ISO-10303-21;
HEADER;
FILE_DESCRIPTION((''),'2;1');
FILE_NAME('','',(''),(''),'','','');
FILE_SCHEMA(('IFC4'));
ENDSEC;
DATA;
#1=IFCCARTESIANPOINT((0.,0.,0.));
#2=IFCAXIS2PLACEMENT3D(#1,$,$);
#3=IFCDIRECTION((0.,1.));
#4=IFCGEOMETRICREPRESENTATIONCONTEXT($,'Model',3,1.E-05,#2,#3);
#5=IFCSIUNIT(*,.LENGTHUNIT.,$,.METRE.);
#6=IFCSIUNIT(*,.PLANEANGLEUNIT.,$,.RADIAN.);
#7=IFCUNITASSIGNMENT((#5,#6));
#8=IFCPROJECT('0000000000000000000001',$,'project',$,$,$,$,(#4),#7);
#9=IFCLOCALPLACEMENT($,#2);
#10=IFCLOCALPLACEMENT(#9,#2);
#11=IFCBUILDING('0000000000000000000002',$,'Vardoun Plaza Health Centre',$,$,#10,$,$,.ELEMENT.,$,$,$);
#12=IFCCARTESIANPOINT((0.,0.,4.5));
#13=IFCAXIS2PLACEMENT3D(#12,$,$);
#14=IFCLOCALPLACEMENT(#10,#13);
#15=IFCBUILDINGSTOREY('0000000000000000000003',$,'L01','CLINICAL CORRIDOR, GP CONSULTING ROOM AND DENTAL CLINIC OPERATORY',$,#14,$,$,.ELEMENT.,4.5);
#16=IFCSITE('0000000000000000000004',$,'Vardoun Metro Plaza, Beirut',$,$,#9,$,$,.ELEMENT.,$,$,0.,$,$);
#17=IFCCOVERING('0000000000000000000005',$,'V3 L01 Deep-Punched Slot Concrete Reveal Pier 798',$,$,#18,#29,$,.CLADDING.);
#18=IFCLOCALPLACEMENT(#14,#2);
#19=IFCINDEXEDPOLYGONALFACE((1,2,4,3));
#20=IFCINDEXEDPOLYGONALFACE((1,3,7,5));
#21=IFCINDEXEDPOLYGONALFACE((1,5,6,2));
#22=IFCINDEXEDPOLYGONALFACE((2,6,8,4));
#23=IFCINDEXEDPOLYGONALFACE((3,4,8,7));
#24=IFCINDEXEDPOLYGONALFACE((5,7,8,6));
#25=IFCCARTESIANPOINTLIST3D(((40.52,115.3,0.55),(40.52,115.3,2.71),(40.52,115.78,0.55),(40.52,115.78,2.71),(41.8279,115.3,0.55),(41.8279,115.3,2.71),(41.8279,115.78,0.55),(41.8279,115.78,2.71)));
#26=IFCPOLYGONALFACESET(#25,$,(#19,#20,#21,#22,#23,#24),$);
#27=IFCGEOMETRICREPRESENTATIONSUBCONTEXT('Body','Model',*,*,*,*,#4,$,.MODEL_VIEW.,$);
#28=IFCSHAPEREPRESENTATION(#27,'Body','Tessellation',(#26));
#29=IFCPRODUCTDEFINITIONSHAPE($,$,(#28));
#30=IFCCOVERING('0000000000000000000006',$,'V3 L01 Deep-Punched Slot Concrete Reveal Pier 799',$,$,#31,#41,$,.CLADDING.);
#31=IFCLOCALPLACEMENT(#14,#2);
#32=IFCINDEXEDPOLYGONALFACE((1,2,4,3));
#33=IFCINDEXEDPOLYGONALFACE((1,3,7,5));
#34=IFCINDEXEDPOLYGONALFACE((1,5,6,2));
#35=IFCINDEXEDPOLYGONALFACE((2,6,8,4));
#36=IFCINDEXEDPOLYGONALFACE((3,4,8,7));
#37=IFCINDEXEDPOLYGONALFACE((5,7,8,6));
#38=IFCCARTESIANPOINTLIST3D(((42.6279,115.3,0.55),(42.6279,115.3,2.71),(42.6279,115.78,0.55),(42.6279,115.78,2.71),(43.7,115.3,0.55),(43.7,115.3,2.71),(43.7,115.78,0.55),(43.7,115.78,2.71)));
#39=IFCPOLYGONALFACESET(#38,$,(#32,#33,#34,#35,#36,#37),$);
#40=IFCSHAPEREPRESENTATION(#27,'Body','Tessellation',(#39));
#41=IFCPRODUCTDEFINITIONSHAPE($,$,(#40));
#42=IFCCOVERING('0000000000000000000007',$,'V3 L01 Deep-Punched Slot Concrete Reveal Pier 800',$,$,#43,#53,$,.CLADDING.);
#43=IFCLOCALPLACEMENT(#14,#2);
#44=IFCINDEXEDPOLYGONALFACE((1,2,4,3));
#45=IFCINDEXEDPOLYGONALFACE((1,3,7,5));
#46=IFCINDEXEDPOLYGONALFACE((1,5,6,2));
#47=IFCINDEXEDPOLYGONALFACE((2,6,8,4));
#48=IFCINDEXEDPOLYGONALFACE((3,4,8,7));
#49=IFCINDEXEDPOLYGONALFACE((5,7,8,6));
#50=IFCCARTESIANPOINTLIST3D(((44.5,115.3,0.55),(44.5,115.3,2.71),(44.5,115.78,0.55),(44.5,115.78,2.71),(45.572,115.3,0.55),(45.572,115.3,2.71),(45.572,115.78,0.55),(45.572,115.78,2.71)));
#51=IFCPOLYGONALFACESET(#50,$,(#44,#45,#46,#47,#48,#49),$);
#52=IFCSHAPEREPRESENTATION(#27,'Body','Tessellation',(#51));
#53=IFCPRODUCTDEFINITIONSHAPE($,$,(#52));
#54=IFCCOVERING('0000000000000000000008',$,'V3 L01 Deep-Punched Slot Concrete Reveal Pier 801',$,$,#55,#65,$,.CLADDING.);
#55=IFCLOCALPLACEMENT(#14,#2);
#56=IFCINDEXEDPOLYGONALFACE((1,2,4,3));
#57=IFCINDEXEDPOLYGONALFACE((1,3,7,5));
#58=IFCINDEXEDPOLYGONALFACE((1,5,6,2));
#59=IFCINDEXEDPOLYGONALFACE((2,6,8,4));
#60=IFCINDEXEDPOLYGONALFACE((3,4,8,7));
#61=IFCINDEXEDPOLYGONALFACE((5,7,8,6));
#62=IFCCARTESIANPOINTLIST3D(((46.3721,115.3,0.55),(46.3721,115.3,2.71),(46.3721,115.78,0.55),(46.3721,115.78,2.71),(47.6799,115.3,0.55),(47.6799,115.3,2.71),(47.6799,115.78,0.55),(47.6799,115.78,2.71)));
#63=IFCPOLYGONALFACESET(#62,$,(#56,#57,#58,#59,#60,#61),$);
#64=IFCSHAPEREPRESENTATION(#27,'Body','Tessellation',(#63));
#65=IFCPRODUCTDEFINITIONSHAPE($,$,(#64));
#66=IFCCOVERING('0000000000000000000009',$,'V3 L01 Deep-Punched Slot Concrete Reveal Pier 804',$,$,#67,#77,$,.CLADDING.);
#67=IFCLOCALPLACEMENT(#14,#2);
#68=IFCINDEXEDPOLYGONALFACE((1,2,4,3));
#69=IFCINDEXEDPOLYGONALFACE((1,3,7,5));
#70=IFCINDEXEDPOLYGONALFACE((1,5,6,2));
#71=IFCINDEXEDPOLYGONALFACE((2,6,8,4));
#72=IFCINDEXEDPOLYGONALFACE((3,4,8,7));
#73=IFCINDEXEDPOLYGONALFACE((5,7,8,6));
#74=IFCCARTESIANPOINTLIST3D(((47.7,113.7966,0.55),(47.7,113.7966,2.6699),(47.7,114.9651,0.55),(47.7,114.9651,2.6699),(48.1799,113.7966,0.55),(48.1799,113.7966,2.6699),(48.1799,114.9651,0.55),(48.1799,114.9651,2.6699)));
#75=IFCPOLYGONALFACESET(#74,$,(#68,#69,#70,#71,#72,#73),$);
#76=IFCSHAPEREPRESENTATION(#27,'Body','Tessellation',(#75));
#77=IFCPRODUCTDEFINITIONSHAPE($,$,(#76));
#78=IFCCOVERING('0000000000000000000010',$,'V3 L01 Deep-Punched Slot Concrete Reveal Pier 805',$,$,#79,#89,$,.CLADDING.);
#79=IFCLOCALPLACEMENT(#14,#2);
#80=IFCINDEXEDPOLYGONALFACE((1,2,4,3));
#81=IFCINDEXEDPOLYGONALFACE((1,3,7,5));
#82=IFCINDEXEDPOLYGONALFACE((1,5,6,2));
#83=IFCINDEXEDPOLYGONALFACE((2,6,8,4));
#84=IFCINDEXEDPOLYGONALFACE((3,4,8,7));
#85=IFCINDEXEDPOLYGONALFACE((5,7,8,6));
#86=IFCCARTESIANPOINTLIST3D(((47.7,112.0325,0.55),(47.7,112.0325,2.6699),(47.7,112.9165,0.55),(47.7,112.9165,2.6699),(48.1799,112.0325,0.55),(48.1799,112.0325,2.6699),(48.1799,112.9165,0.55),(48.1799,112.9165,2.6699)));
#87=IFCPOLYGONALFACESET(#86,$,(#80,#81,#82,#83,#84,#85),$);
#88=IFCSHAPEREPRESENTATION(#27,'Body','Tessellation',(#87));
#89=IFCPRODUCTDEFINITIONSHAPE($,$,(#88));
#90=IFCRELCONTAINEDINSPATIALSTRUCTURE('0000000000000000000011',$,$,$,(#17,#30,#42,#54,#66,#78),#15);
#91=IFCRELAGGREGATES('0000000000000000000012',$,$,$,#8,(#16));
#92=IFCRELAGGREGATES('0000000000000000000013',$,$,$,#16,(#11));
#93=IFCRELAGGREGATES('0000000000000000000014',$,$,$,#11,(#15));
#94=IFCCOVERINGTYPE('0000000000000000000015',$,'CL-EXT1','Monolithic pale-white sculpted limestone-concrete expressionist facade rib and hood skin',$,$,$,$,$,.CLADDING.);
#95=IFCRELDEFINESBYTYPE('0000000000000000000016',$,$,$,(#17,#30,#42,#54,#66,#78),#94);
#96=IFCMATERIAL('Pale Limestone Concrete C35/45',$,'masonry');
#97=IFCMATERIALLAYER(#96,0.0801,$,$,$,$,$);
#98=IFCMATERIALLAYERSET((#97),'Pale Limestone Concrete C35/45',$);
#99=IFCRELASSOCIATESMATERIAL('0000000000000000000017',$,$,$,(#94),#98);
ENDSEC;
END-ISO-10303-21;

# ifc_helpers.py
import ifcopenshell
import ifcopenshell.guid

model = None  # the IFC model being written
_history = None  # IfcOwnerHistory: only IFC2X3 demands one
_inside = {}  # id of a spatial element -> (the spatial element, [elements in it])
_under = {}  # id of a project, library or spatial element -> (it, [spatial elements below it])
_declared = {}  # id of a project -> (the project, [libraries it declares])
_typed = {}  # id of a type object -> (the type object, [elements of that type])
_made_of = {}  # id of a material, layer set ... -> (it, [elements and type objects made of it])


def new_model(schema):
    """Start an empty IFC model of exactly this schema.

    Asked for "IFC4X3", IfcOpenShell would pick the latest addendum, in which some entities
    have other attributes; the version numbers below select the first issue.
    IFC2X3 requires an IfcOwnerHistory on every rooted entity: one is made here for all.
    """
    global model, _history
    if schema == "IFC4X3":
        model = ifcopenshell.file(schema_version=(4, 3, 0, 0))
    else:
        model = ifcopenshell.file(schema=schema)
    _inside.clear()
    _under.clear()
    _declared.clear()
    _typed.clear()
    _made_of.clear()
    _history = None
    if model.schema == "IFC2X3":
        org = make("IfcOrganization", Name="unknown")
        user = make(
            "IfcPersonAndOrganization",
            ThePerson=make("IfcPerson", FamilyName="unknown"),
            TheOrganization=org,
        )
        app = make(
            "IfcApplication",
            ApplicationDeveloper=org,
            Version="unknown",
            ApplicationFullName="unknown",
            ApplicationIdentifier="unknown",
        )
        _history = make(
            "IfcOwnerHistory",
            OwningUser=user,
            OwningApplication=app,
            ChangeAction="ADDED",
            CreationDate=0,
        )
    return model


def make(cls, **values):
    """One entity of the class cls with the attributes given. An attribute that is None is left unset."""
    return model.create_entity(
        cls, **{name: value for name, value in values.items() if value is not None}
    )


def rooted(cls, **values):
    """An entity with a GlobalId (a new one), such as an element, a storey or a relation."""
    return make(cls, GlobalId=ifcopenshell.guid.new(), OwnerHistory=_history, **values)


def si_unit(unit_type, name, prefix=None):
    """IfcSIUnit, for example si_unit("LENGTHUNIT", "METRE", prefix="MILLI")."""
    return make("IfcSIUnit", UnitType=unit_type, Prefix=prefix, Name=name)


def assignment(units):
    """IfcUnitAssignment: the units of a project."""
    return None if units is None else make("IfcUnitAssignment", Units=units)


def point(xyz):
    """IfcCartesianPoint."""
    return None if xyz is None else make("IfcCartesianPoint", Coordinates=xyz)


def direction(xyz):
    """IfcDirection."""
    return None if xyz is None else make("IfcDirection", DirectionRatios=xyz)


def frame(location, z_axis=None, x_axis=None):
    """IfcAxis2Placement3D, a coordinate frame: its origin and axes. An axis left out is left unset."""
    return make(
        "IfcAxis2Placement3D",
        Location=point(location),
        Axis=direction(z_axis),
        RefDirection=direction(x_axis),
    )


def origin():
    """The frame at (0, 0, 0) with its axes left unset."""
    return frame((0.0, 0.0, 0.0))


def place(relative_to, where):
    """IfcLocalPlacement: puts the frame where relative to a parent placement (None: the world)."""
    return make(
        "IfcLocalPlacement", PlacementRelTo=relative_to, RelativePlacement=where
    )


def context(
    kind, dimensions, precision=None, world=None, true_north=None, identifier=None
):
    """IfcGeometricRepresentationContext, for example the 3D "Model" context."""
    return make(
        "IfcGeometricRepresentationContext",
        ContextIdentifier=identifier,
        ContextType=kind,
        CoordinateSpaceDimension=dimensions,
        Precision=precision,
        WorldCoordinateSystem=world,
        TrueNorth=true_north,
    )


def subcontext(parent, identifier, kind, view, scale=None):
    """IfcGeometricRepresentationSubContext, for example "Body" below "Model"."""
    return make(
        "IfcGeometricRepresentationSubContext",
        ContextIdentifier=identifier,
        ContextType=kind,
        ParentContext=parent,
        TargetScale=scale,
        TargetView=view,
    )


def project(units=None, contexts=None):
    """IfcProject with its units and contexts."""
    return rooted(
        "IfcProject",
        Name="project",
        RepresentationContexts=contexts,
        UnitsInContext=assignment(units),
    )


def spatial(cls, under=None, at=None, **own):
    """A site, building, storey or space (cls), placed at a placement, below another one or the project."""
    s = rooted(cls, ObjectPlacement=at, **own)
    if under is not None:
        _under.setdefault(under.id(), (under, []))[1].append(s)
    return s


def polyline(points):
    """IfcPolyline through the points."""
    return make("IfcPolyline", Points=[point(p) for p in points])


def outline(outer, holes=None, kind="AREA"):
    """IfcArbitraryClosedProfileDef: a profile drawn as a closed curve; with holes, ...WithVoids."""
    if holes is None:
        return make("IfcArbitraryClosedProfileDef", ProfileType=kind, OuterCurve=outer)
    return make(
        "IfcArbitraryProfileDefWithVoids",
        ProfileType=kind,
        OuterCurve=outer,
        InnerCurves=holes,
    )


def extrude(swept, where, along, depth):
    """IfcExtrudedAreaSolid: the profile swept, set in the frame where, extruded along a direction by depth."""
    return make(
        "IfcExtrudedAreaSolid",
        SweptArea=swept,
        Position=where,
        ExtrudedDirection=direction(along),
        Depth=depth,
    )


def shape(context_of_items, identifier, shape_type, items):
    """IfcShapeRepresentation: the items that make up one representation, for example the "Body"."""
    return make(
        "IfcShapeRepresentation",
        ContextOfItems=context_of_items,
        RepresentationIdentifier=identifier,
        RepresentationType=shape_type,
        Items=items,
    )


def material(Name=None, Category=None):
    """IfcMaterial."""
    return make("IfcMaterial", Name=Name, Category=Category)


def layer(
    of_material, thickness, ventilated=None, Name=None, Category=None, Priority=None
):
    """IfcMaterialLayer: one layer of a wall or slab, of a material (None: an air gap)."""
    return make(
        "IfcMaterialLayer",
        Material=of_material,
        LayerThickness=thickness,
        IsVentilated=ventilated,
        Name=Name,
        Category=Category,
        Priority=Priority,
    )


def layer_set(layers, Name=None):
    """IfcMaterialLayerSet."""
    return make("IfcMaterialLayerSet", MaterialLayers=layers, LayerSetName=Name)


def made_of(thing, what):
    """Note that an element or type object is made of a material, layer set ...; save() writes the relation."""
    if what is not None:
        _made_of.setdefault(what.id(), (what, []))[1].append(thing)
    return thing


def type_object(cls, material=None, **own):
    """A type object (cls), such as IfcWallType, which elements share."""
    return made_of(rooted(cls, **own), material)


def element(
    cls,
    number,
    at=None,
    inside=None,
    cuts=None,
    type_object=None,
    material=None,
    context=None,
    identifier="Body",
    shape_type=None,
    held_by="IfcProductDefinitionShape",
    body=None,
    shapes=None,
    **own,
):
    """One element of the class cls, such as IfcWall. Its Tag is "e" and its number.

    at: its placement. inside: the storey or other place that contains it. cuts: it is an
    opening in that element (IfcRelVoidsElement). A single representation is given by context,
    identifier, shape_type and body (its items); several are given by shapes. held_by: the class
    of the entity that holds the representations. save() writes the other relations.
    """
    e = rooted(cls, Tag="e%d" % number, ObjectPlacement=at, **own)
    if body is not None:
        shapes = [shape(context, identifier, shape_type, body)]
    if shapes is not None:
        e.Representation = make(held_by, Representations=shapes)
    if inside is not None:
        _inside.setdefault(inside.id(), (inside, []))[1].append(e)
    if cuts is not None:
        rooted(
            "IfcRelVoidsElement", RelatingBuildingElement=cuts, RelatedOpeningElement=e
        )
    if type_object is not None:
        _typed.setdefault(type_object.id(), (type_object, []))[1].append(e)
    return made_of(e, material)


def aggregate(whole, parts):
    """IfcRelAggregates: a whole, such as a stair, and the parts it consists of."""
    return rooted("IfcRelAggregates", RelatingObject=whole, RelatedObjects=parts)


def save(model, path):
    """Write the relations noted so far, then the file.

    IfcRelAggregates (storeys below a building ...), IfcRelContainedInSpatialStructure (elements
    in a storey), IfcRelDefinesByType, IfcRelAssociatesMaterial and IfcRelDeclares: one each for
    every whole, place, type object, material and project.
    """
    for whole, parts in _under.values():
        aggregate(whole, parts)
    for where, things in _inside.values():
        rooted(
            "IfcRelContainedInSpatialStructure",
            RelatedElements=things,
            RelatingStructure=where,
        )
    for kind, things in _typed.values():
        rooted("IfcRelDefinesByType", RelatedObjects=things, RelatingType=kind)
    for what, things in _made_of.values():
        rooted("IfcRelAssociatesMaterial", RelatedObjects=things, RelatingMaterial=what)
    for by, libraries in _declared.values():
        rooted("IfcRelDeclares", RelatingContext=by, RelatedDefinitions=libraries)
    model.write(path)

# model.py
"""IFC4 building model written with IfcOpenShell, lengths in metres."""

from ifc_helpers import new_model, si_unit, direction, frame, origin, place, context, subcontext, project, spatial, polyline, outline, extrude, material, layer, layer_set, type_object, element, save


model = new_model("IFC4")

# Units and contexts
model_context = context("Model", 3, precision=1e-05, world=origin(), true_north=direction((0.0, 1.0)))
body_context = subcontext(model_context, "Body", "Model", "MODEL_VIEW")
ifc_project = project(units=[si_unit("LENGTHUNIT", "METRE"), si_unit("PLANEANGLEUNIT", "RADIAN")], contexts=[model_context])

# Site, building, storey
site_placement = place(None, origin())
site = spatial("IfcSite", under=ifc_project, at=site_placement, Name="Vardoun Metro Plaza, Beirut", CompositionType="ELEMENT", RefElevation=0.0)
building_placement = place(site_placement, origin())
building = spatial("IfcBuilding", under=site, at=building_placement, Name="Vardoun Plaza Health Centre", CompositionType="ELEMENT")
storey_placement = place(building_placement, frame((0.0, 0.0, 4.5)))
storey = spatial("IfcBuildingStorey", under=building, at=storey_placement, Name="L01", Description="CLINICAL CORRIDOR, GP CONSULTING ROOM AND DENTAL CLINIC OPERATORY", CompositionType="ELEMENT", Elevation=4.5)

# Coverings
ifc_material = material(Name="Pale Limestone Concrete C35/45", Category="masonry")
ifc_layer = layer(ifc_material, 0.0801)
ifc_layer_set = layer_set([ifc_layer], Name="Pale Limestone Concrete C35/45")
covering_type = type_object("IfcCoveringType", Name="CL-EXT1", Description="Monolithic pale-white sculpted limestone-concrete expressionist facade rib and hood skin", PredefinedType="CLADDING", material=ifc_layer_set)
covering_1_placement = place(storey_placement, frame((0.0, 0.0, 0.55)))
element("IfcCovering", 1, at=covering_1_placement, inside=storey, type_object=covering_type, Name="V3 L01 Deep-Punched Slot Concrete Reveal Pier 798", PredefinedType="CLADDING", context=body_context, shape_type="SweptSolid", body=[
    extrude(outline(polyline([(40.52, 115.3), (41.8279, 115.3), (41.8279, 115.78), (40.52, 115.78), (40.52, 115.3)])), origin(), (0.0, 0.0, 1.0), 2.1599),
])
covering_2_placement = place(storey_placement, frame((0.0, 0.0, 0.55)))
element("IfcCovering", 2, at=covering_2_placement, inside=storey, type_object=covering_type, Name="V3 L01 Deep-Punched Slot Concrete Reveal Pier 799", PredefinedType="CLADDING", context=body_context, shape_type="SweptSolid", body=[
    extrude(outline(polyline([(42.6279, 115.3), (43.7, 115.3), (43.7, 115.78), (42.6279, 115.78), (42.6279, 115.3)])), origin(), (0.0, 0.0, 1.0), 2.1599),
])
covering_3_placement = place(storey_placement, frame((0.0, 0.0, 0.55)))
element("IfcCovering", 3, at=covering_3_placement, inside=storey, type_object=covering_type, Name="V3 L01 Deep-Punched Slot Concrete Reveal Pier 800", PredefinedType="CLADDING", context=body_context, shape_type="SweptSolid", body=[
    extrude(outline(polyline([(44.5, 115.3), (45.572, 115.3), (45.572, 115.78), (44.5, 115.78), (44.5, 115.3)])), origin(), (0.0, 0.0, 1.0), 2.1599),
])
covering_4_placement = place(storey_placement, frame((0.0, 0.0, 0.55)))
element("IfcCovering", 4, at=covering_4_placement, inside=storey, type_object=covering_type, Name="V3 L01 Deep-Punched Slot Concrete Reveal Pier 801", PredefinedType="CLADDING", context=body_context, shape_type="SweptSolid", body=[
    extrude(outline(polyline([(46.3721, 115.3), (47.6799, 115.3), (47.6799, 115.78), (46.3721, 115.78), (46.3721, 115.3)])), origin(), (0.0, 0.0, 1.0), 2.1599),
])
covering_5_placement = place(storey_placement, frame((0.0, 0.0, 0.55)))
element("IfcCovering", 5, at=covering_5_placement, inside=storey, type_object=covering_type, Name="V3 L01 Deep-Punched Slot Concrete Reveal Pier 804", PredefinedType="CLADDING", context=body_context, shape_type="SweptSolid", body=[
    extrude(outline(polyline([(47.7, 114.9651), (47.7, 113.7966), (48.1799, 113.7966), (48.1799, 114.9651), (47.7, 114.9651)])), origin(), (0.0, 0.0, 1.0), 2.1199),
])
covering_6_placement = place(storey_placement, frame((0.0, 0.0, 0.55)))
element("IfcCovering", 6, at=covering_6_placement, inside=storey, type_object=covering_type, Name="V3 L01 Deep-Punched Slot Concrete Reveal Pier 805", PredefinedType="CLADDING", context=body_context, shape_type="SweptSolid", body=[
    extrude(outline(polyline([(47.7, 112.9165), (47.7, 112.0325), (48.1799, 112.0325), (48.1799, 112.9165), (47.7, 112.9165)])), origin(), (0.0, 0.0, 1.0), 2.1199),
])

save(model, "model.ifc")
